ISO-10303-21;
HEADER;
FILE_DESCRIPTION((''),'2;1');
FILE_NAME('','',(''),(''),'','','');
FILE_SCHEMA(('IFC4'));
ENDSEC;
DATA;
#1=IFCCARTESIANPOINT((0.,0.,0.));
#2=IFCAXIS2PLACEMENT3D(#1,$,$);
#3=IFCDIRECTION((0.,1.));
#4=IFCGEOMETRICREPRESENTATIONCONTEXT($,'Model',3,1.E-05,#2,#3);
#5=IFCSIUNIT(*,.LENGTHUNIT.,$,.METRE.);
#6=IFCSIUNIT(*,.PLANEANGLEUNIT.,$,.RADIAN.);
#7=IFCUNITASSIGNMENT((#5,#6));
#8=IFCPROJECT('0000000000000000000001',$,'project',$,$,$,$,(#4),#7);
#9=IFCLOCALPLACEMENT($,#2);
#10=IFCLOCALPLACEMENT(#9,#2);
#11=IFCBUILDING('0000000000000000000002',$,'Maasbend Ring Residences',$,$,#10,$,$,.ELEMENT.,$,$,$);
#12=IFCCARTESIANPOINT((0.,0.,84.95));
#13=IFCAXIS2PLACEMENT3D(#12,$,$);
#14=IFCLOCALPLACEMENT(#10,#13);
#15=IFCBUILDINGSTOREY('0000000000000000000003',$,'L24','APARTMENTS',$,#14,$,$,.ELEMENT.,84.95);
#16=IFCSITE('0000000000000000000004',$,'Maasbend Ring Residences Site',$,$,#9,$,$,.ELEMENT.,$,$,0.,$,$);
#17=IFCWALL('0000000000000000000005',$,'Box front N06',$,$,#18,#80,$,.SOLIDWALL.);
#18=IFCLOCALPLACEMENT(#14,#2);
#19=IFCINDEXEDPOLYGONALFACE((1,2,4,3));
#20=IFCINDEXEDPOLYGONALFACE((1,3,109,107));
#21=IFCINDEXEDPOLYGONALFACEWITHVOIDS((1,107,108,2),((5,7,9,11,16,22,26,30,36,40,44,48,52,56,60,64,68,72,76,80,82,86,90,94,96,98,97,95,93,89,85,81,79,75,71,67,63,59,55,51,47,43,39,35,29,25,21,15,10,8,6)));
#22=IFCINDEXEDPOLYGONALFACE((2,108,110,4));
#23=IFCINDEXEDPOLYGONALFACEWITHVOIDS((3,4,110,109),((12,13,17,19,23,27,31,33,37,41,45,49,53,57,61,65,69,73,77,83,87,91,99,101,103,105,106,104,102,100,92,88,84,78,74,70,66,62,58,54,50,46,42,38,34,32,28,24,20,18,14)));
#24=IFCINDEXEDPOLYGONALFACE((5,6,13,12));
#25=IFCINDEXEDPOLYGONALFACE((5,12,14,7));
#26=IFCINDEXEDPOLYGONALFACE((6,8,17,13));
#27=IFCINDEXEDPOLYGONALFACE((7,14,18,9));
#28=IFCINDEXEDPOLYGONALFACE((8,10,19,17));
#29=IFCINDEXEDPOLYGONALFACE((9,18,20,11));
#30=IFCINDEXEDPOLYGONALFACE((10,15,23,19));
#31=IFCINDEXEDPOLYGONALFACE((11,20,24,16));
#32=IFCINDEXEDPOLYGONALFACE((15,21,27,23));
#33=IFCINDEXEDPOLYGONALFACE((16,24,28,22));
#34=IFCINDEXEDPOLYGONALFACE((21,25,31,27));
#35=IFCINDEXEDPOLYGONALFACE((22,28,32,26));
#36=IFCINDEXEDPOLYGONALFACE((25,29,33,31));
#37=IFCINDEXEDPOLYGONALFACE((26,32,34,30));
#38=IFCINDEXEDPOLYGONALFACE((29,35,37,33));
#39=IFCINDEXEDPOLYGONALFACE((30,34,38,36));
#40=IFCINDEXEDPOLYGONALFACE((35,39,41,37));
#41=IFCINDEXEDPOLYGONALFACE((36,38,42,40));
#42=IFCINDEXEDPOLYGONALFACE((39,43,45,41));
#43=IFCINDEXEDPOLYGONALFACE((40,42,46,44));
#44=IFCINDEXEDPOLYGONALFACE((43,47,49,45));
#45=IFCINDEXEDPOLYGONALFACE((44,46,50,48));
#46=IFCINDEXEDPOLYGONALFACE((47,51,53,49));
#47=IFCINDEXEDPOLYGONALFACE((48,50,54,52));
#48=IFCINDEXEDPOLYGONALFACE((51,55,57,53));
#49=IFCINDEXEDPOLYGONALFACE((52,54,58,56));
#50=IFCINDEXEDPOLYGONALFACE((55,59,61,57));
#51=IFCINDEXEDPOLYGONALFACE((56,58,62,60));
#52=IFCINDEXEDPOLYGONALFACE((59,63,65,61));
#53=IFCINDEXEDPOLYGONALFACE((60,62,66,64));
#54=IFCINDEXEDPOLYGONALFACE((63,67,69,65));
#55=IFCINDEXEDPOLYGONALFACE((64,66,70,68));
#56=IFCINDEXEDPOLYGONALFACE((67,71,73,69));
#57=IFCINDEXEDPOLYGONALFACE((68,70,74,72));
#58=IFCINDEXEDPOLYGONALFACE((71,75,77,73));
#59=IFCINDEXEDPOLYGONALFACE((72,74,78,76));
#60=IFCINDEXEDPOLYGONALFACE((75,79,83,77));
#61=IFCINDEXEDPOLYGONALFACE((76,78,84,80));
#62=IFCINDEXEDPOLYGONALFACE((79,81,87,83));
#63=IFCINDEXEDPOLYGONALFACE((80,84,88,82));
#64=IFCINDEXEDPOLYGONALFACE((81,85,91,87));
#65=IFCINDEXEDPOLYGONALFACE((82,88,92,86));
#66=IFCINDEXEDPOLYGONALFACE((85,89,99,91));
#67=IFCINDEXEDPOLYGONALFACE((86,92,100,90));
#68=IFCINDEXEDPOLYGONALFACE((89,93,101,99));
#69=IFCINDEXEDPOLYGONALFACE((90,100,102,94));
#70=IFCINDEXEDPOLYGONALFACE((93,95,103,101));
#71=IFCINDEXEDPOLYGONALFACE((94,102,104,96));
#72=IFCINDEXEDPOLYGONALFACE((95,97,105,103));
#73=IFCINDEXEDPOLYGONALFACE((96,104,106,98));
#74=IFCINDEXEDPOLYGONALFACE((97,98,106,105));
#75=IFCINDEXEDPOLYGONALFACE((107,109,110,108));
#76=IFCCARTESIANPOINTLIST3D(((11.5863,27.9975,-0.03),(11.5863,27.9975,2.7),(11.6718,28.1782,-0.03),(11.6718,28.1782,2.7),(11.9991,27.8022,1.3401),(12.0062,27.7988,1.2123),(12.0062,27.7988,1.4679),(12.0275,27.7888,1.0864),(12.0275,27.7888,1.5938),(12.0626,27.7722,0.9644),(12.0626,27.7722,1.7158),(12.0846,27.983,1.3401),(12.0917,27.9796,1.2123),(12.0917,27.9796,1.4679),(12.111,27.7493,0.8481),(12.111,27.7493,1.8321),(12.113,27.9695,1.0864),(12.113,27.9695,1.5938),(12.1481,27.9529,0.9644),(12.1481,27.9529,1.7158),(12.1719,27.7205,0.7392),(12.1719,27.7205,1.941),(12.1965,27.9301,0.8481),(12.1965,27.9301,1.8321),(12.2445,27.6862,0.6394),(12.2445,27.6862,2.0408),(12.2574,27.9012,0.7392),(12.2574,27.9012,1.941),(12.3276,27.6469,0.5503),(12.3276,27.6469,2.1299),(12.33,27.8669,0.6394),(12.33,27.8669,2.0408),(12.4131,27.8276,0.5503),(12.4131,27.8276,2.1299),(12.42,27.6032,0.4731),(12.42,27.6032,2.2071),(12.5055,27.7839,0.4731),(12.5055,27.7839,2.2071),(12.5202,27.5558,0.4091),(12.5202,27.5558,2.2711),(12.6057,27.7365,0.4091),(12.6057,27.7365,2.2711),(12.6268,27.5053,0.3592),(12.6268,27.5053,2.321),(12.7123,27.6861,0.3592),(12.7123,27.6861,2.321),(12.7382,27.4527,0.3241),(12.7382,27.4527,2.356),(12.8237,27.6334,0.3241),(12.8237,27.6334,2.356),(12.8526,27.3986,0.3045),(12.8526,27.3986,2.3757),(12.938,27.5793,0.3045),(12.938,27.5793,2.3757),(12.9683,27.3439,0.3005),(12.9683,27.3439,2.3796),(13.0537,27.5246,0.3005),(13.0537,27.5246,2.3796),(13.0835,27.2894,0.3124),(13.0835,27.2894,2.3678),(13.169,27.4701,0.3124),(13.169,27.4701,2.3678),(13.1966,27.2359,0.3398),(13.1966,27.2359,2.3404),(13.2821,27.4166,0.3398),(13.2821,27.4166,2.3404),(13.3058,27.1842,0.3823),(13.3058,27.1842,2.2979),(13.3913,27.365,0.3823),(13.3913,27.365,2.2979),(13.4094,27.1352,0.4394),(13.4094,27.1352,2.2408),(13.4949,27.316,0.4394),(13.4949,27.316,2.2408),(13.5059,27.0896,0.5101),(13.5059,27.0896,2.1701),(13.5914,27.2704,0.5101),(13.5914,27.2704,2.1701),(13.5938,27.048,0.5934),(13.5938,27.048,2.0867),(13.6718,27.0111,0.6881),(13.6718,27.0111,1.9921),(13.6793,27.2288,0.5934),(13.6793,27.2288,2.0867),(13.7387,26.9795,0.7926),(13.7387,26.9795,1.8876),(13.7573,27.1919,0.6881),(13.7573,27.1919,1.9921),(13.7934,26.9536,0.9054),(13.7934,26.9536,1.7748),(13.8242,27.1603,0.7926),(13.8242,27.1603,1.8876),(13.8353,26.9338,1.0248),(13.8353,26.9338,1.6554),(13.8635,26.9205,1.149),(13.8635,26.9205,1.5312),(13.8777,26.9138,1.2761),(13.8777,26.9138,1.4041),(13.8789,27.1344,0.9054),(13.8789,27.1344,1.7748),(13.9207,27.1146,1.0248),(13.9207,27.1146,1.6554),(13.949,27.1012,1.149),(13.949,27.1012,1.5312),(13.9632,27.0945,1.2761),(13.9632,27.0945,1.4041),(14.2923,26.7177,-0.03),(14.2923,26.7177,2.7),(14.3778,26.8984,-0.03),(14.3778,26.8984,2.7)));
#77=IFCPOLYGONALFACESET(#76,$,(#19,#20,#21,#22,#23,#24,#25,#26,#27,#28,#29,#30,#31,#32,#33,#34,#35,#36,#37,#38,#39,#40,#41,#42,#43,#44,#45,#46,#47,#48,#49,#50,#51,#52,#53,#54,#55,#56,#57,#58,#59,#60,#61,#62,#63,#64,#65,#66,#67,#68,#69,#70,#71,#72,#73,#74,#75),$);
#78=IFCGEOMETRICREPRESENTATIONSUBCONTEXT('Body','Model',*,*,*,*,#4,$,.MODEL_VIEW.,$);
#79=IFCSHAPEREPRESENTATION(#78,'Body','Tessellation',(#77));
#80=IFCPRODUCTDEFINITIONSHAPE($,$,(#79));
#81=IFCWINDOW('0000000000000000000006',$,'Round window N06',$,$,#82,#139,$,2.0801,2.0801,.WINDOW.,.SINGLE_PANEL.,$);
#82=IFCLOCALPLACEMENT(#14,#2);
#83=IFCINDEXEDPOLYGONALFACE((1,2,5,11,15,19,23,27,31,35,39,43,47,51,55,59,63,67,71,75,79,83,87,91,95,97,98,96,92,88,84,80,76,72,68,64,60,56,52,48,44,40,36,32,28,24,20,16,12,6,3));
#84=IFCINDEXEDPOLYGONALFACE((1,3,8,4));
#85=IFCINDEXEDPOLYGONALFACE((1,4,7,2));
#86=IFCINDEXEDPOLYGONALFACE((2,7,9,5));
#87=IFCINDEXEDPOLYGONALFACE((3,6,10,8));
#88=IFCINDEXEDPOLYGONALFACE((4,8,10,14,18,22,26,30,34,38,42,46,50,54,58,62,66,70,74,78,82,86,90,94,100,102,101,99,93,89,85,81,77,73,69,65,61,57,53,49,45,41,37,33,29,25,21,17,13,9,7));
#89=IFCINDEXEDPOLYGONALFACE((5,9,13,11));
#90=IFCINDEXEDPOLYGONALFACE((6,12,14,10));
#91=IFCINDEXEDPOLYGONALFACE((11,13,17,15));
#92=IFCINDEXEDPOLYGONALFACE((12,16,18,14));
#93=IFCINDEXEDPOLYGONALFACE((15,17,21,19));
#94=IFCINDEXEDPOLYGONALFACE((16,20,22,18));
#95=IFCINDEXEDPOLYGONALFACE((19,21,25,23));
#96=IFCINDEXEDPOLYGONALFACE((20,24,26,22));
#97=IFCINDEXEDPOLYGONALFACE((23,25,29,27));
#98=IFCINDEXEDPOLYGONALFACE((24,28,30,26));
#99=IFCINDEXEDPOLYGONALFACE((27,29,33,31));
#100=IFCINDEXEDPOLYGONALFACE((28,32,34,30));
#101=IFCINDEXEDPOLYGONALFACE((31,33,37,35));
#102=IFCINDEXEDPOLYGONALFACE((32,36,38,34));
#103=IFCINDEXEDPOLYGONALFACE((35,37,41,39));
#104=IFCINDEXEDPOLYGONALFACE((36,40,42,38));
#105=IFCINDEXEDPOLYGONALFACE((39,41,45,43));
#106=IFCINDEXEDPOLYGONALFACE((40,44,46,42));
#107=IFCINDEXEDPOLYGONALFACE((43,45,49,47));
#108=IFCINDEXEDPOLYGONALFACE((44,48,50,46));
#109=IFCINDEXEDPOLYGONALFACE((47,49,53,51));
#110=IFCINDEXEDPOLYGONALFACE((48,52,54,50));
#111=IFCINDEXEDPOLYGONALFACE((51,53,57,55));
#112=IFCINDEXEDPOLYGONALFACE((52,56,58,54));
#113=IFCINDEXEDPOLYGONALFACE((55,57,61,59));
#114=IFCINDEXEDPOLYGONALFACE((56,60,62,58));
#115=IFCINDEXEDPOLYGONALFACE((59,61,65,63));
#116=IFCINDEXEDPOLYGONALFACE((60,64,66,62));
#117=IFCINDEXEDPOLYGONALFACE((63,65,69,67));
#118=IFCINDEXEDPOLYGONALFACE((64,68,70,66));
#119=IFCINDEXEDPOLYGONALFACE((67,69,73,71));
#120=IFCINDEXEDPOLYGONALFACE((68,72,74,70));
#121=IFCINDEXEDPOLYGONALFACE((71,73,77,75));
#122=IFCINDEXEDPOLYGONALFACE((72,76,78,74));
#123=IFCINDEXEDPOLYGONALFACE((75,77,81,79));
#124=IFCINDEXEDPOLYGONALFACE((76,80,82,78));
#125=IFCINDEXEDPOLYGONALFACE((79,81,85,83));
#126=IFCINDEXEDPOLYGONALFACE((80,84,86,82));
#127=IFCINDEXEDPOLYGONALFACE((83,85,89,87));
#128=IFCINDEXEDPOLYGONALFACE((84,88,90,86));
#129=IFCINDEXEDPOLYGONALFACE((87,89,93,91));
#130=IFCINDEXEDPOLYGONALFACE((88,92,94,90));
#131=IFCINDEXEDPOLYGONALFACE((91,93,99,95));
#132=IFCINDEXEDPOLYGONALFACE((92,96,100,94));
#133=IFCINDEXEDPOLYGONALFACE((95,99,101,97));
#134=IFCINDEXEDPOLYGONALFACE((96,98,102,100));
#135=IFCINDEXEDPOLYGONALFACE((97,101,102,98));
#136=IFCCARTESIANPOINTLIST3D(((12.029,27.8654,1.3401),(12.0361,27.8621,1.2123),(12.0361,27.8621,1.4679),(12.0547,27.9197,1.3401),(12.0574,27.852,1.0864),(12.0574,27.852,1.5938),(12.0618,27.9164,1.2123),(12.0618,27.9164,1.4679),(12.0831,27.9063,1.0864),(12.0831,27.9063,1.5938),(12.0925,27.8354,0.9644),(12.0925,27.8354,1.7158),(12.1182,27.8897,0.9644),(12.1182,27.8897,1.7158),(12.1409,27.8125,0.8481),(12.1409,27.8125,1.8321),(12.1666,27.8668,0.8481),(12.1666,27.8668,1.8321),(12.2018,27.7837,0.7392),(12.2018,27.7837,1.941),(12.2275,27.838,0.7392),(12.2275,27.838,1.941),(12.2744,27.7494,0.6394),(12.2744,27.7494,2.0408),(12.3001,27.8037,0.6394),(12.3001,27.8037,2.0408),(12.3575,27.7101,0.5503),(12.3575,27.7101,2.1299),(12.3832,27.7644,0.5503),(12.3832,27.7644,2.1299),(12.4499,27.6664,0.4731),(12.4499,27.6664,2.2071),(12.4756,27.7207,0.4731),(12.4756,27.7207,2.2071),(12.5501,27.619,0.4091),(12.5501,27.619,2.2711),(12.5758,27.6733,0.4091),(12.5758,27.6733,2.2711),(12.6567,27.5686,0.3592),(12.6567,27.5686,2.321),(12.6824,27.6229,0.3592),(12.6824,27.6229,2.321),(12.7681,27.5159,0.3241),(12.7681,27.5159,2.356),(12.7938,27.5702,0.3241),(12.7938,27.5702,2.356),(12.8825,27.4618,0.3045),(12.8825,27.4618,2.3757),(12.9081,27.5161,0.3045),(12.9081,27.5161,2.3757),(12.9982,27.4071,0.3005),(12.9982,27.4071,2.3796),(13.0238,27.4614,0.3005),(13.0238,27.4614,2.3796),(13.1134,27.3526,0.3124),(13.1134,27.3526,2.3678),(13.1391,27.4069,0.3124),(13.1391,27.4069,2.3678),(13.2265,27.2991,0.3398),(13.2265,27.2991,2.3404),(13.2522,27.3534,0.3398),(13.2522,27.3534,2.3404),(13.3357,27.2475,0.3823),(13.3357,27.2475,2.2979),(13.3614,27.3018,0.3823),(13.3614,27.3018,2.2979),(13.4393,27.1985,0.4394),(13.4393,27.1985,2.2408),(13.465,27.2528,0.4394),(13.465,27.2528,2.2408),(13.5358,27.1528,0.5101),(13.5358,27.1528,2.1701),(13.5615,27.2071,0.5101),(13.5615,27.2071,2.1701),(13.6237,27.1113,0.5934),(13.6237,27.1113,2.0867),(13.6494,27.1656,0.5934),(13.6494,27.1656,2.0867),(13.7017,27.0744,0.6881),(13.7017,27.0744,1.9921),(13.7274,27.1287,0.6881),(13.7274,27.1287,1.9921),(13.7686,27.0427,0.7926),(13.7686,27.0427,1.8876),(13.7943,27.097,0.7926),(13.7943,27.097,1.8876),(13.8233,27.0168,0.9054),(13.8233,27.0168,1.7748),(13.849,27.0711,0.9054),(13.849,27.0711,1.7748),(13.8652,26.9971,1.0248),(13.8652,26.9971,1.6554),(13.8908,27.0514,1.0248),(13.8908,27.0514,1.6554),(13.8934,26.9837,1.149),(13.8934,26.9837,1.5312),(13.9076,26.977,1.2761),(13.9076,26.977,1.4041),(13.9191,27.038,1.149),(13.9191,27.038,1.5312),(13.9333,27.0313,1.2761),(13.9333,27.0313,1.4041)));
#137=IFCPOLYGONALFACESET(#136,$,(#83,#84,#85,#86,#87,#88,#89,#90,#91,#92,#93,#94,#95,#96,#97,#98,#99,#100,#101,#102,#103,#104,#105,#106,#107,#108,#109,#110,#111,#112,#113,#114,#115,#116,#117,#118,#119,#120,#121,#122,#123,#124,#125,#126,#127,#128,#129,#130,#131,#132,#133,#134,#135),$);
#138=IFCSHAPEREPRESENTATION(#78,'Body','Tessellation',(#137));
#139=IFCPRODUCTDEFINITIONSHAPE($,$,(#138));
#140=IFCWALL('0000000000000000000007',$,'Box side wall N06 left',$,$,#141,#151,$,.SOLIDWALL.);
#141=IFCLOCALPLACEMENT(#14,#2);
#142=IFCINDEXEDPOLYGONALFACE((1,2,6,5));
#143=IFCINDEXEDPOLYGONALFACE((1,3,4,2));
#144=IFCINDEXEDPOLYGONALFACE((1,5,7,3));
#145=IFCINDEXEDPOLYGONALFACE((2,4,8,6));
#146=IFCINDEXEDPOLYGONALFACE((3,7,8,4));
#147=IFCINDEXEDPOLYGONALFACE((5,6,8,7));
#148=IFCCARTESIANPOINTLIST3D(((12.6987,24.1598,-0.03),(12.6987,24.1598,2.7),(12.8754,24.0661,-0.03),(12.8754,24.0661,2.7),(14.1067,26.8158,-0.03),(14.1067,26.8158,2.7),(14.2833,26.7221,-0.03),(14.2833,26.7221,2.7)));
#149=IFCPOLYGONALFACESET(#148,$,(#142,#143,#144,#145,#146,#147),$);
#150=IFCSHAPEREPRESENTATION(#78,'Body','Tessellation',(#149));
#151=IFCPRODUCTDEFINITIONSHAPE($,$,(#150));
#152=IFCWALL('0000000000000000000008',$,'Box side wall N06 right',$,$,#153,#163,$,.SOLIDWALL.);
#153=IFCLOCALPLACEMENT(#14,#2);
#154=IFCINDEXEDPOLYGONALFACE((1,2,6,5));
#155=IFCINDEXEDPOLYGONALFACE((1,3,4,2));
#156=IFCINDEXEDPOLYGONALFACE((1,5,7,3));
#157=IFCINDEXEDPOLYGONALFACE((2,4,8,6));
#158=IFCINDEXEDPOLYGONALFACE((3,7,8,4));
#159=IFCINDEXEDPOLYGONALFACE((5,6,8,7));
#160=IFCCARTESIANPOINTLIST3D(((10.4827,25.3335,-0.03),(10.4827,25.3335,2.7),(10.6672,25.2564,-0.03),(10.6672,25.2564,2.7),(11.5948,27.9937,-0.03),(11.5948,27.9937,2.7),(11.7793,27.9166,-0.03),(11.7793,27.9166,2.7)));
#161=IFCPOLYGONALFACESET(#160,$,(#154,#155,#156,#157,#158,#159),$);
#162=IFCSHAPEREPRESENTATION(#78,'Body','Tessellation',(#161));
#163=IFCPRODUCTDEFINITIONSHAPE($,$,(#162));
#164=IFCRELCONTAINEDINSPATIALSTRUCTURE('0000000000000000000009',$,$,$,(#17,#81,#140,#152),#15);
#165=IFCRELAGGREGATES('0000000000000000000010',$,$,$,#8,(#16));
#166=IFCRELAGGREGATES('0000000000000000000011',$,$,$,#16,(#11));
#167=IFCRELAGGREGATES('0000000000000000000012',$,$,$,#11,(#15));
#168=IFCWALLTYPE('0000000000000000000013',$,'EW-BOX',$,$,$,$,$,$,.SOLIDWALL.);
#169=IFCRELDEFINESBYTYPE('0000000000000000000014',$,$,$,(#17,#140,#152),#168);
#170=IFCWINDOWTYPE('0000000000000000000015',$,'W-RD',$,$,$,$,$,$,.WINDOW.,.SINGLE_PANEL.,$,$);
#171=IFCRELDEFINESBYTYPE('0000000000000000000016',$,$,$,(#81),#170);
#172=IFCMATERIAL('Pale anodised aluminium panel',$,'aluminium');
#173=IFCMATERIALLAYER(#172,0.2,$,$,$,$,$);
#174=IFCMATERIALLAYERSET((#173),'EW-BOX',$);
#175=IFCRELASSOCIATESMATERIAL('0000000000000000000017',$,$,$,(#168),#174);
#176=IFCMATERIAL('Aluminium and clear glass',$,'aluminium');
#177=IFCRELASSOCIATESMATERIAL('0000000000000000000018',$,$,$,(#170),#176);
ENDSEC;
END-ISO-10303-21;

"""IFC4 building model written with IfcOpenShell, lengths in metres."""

from ifc_helpers import new_model, si_unit, direction, frame, frame_2d, origin, place, context, subcontext, project, spatial, rectangle, circle, extrude, material, layer, layer_set, type_object, element, fill, save


model = new_model("IFC4")

# Units and contexts
model_context = context("Model", 3, precision=1e-05, world=origin(), true_north=direction((0.0, 1.0)))
body_context = subcontext(model_context, "Body", "Model", "MODEL_VIEW")
ifc_project = project(units=[si_unit("LENGTHUNIT", "METRE"), si_unit("PLANEANGLEUNIT", "RADIAN")], contexts=[model_context])

# Site, building, storey
site_placement = place(None, origin())
site = spatial("IfcSite", under=ifc_project, at=site_placement, Name="Maasbend Ring Residences Site", CompositionType="ELEMENT", RefElevation=0.0)
building_placement = place(site_placement, origin())
building = spatial("IfcBuilding", under=site, at=building_placement, Name="Maasbend Ring Residences", CompositionType="ELEMENT")
storey_placement = place(building_placement, frame((0.0, 0.0, 84.95)))
storey = spatial("IfcBuildingStorey", under=building, at=storey_placement, Name="L24", Description="APARTMENTS", CompositionType="ELEMENT", Elevation=84.95)

# Shared definitions
ifc_material_1 = material(Name="Pale anodised aluminium panel", Category="aluminium")
ifc_layer_1 = layer(ifc_material_1, 0.2)
ifc_layer_set_1 = layer_set([ifc_layer_1], Name="EW-BOX")
wall_type_1 = type_object("IfcWallType", Name="EW-BOX", PredefinedType="SOLIDWALL", material=ifc_layer_set_1)
ifc_material_2 = material(Name="Aluminium and clear glass", Category="aluminium")
window_type_1 = type_object("IfcWindowType", Name="W-RD", PartitioningType="SINGLE_PANEL", PredefinedType="WINDOW", material=ifc_material_2)

# Wall, opening, window
wall_1_placement = place(storey_placement, frame((14.335, 26.8081, -0.03), z_axis=(0.0, 0.0, 1.0), x_axis=(-0.904, 0.427532, 0.0)))
wall_1 = element("IfcWall", 1, at=wall_1_placement, inside=storey, type_object=wall_type_1, Name="Box front N06", PredefinedType="SOLIDWALL", context=body_context, shape_type="SweptSolid", body=[
    extrude(rectangle(XDim=2.9934, YDim=0.2, at=frame_2d((1.4966, 0.0))), origin(), (0.0, 0.0, 1.0), 2.73),
])
opening_1_placement = place(wall_1_placement, frame((0.4565, 0.0, 0.3301)))
opening_1 = element("IfcOpeningElement", 2, at=opening_1_placement, cuts=wall_1, PredefinedType="OPENING", context=body_context, shape_type="SweptSolid", body=[
    extrude(circle(Radius=1.04, at=frame_2d((1.04, 1.04))), frame((0.0, 0.1099, 0.0), z_axis=(0.0, -1.0, 0.0), x_axis=(1.0, 0.0, 0.0)), (0.0, 0.0, 1.0), 0.22),
])
window_1_placement = place(opening_1_placement, origin())
window_1 = element("IfcWindow", 3, at=window_1_placement, inside=storey, type_object=window_type_1, Name="Round window N06", OverallHeight=2.0801, OverallWidth=2.0801, PartitioningType="SINGLE_PANEL", PredefinedType="WINDOW", context=body_context, shape_type="SweptSolid", body=[
    extrude(circle(Radius=1.04, at=frame_2d((1.04, 1.04))), frame((0.0, 0.03, 0.0), z_axis=(0.0, -1.0, 0.0), x_axis=(1.0, 0.0, 0.0)), (0.0, 0.0, 1.0), 0.0601),
])
fill(opening_1, window_1)

# Walls
wall_2_placement = place(storey_placement, frame((12.7871, 24.113, -0.03), z_axis=(0.0, 0.0, 1.0), x_axis=(0.468365, 0.883535, 0.0)))
element("IfcWall", 4, at=wall_2_placement, inside=storey, type_object=wall_type_1, Name="Box side wall N06 left", PredefinedType="SOLIDWALL", context=body_context, shape_type="SweptSolid", body=[
    extrude(rectangle(XDim=3.0061, YDim=0.2, at=frame_2d((1.5029, 0.0))), origin(), (0.0, 0.0, 1.0), 2.73),
])
wall_3_placement = place(storey_placement, frame((10.575, 25.2949, -0.03), z_axis=(0.0, 0.0, 1.0), x_axis=(0.385697, 0.922625, 0.0)))
element("IfcWall", 5, at=wall_3_placement, inside=storey, type_object=wall_type_1, Name="Box side wall N06 right", PredefinedType="SOLIDWALL", context=body_context, shape_type="SweptSolid", body=[
    extrude(rectangle(XDim=2.8833, YDim=0.2, at=frame_2d((1.4417, 0.0))), origin(), (0.0, 0.0, 1.0), 2.73),
])

save(model, "model.ifc")
